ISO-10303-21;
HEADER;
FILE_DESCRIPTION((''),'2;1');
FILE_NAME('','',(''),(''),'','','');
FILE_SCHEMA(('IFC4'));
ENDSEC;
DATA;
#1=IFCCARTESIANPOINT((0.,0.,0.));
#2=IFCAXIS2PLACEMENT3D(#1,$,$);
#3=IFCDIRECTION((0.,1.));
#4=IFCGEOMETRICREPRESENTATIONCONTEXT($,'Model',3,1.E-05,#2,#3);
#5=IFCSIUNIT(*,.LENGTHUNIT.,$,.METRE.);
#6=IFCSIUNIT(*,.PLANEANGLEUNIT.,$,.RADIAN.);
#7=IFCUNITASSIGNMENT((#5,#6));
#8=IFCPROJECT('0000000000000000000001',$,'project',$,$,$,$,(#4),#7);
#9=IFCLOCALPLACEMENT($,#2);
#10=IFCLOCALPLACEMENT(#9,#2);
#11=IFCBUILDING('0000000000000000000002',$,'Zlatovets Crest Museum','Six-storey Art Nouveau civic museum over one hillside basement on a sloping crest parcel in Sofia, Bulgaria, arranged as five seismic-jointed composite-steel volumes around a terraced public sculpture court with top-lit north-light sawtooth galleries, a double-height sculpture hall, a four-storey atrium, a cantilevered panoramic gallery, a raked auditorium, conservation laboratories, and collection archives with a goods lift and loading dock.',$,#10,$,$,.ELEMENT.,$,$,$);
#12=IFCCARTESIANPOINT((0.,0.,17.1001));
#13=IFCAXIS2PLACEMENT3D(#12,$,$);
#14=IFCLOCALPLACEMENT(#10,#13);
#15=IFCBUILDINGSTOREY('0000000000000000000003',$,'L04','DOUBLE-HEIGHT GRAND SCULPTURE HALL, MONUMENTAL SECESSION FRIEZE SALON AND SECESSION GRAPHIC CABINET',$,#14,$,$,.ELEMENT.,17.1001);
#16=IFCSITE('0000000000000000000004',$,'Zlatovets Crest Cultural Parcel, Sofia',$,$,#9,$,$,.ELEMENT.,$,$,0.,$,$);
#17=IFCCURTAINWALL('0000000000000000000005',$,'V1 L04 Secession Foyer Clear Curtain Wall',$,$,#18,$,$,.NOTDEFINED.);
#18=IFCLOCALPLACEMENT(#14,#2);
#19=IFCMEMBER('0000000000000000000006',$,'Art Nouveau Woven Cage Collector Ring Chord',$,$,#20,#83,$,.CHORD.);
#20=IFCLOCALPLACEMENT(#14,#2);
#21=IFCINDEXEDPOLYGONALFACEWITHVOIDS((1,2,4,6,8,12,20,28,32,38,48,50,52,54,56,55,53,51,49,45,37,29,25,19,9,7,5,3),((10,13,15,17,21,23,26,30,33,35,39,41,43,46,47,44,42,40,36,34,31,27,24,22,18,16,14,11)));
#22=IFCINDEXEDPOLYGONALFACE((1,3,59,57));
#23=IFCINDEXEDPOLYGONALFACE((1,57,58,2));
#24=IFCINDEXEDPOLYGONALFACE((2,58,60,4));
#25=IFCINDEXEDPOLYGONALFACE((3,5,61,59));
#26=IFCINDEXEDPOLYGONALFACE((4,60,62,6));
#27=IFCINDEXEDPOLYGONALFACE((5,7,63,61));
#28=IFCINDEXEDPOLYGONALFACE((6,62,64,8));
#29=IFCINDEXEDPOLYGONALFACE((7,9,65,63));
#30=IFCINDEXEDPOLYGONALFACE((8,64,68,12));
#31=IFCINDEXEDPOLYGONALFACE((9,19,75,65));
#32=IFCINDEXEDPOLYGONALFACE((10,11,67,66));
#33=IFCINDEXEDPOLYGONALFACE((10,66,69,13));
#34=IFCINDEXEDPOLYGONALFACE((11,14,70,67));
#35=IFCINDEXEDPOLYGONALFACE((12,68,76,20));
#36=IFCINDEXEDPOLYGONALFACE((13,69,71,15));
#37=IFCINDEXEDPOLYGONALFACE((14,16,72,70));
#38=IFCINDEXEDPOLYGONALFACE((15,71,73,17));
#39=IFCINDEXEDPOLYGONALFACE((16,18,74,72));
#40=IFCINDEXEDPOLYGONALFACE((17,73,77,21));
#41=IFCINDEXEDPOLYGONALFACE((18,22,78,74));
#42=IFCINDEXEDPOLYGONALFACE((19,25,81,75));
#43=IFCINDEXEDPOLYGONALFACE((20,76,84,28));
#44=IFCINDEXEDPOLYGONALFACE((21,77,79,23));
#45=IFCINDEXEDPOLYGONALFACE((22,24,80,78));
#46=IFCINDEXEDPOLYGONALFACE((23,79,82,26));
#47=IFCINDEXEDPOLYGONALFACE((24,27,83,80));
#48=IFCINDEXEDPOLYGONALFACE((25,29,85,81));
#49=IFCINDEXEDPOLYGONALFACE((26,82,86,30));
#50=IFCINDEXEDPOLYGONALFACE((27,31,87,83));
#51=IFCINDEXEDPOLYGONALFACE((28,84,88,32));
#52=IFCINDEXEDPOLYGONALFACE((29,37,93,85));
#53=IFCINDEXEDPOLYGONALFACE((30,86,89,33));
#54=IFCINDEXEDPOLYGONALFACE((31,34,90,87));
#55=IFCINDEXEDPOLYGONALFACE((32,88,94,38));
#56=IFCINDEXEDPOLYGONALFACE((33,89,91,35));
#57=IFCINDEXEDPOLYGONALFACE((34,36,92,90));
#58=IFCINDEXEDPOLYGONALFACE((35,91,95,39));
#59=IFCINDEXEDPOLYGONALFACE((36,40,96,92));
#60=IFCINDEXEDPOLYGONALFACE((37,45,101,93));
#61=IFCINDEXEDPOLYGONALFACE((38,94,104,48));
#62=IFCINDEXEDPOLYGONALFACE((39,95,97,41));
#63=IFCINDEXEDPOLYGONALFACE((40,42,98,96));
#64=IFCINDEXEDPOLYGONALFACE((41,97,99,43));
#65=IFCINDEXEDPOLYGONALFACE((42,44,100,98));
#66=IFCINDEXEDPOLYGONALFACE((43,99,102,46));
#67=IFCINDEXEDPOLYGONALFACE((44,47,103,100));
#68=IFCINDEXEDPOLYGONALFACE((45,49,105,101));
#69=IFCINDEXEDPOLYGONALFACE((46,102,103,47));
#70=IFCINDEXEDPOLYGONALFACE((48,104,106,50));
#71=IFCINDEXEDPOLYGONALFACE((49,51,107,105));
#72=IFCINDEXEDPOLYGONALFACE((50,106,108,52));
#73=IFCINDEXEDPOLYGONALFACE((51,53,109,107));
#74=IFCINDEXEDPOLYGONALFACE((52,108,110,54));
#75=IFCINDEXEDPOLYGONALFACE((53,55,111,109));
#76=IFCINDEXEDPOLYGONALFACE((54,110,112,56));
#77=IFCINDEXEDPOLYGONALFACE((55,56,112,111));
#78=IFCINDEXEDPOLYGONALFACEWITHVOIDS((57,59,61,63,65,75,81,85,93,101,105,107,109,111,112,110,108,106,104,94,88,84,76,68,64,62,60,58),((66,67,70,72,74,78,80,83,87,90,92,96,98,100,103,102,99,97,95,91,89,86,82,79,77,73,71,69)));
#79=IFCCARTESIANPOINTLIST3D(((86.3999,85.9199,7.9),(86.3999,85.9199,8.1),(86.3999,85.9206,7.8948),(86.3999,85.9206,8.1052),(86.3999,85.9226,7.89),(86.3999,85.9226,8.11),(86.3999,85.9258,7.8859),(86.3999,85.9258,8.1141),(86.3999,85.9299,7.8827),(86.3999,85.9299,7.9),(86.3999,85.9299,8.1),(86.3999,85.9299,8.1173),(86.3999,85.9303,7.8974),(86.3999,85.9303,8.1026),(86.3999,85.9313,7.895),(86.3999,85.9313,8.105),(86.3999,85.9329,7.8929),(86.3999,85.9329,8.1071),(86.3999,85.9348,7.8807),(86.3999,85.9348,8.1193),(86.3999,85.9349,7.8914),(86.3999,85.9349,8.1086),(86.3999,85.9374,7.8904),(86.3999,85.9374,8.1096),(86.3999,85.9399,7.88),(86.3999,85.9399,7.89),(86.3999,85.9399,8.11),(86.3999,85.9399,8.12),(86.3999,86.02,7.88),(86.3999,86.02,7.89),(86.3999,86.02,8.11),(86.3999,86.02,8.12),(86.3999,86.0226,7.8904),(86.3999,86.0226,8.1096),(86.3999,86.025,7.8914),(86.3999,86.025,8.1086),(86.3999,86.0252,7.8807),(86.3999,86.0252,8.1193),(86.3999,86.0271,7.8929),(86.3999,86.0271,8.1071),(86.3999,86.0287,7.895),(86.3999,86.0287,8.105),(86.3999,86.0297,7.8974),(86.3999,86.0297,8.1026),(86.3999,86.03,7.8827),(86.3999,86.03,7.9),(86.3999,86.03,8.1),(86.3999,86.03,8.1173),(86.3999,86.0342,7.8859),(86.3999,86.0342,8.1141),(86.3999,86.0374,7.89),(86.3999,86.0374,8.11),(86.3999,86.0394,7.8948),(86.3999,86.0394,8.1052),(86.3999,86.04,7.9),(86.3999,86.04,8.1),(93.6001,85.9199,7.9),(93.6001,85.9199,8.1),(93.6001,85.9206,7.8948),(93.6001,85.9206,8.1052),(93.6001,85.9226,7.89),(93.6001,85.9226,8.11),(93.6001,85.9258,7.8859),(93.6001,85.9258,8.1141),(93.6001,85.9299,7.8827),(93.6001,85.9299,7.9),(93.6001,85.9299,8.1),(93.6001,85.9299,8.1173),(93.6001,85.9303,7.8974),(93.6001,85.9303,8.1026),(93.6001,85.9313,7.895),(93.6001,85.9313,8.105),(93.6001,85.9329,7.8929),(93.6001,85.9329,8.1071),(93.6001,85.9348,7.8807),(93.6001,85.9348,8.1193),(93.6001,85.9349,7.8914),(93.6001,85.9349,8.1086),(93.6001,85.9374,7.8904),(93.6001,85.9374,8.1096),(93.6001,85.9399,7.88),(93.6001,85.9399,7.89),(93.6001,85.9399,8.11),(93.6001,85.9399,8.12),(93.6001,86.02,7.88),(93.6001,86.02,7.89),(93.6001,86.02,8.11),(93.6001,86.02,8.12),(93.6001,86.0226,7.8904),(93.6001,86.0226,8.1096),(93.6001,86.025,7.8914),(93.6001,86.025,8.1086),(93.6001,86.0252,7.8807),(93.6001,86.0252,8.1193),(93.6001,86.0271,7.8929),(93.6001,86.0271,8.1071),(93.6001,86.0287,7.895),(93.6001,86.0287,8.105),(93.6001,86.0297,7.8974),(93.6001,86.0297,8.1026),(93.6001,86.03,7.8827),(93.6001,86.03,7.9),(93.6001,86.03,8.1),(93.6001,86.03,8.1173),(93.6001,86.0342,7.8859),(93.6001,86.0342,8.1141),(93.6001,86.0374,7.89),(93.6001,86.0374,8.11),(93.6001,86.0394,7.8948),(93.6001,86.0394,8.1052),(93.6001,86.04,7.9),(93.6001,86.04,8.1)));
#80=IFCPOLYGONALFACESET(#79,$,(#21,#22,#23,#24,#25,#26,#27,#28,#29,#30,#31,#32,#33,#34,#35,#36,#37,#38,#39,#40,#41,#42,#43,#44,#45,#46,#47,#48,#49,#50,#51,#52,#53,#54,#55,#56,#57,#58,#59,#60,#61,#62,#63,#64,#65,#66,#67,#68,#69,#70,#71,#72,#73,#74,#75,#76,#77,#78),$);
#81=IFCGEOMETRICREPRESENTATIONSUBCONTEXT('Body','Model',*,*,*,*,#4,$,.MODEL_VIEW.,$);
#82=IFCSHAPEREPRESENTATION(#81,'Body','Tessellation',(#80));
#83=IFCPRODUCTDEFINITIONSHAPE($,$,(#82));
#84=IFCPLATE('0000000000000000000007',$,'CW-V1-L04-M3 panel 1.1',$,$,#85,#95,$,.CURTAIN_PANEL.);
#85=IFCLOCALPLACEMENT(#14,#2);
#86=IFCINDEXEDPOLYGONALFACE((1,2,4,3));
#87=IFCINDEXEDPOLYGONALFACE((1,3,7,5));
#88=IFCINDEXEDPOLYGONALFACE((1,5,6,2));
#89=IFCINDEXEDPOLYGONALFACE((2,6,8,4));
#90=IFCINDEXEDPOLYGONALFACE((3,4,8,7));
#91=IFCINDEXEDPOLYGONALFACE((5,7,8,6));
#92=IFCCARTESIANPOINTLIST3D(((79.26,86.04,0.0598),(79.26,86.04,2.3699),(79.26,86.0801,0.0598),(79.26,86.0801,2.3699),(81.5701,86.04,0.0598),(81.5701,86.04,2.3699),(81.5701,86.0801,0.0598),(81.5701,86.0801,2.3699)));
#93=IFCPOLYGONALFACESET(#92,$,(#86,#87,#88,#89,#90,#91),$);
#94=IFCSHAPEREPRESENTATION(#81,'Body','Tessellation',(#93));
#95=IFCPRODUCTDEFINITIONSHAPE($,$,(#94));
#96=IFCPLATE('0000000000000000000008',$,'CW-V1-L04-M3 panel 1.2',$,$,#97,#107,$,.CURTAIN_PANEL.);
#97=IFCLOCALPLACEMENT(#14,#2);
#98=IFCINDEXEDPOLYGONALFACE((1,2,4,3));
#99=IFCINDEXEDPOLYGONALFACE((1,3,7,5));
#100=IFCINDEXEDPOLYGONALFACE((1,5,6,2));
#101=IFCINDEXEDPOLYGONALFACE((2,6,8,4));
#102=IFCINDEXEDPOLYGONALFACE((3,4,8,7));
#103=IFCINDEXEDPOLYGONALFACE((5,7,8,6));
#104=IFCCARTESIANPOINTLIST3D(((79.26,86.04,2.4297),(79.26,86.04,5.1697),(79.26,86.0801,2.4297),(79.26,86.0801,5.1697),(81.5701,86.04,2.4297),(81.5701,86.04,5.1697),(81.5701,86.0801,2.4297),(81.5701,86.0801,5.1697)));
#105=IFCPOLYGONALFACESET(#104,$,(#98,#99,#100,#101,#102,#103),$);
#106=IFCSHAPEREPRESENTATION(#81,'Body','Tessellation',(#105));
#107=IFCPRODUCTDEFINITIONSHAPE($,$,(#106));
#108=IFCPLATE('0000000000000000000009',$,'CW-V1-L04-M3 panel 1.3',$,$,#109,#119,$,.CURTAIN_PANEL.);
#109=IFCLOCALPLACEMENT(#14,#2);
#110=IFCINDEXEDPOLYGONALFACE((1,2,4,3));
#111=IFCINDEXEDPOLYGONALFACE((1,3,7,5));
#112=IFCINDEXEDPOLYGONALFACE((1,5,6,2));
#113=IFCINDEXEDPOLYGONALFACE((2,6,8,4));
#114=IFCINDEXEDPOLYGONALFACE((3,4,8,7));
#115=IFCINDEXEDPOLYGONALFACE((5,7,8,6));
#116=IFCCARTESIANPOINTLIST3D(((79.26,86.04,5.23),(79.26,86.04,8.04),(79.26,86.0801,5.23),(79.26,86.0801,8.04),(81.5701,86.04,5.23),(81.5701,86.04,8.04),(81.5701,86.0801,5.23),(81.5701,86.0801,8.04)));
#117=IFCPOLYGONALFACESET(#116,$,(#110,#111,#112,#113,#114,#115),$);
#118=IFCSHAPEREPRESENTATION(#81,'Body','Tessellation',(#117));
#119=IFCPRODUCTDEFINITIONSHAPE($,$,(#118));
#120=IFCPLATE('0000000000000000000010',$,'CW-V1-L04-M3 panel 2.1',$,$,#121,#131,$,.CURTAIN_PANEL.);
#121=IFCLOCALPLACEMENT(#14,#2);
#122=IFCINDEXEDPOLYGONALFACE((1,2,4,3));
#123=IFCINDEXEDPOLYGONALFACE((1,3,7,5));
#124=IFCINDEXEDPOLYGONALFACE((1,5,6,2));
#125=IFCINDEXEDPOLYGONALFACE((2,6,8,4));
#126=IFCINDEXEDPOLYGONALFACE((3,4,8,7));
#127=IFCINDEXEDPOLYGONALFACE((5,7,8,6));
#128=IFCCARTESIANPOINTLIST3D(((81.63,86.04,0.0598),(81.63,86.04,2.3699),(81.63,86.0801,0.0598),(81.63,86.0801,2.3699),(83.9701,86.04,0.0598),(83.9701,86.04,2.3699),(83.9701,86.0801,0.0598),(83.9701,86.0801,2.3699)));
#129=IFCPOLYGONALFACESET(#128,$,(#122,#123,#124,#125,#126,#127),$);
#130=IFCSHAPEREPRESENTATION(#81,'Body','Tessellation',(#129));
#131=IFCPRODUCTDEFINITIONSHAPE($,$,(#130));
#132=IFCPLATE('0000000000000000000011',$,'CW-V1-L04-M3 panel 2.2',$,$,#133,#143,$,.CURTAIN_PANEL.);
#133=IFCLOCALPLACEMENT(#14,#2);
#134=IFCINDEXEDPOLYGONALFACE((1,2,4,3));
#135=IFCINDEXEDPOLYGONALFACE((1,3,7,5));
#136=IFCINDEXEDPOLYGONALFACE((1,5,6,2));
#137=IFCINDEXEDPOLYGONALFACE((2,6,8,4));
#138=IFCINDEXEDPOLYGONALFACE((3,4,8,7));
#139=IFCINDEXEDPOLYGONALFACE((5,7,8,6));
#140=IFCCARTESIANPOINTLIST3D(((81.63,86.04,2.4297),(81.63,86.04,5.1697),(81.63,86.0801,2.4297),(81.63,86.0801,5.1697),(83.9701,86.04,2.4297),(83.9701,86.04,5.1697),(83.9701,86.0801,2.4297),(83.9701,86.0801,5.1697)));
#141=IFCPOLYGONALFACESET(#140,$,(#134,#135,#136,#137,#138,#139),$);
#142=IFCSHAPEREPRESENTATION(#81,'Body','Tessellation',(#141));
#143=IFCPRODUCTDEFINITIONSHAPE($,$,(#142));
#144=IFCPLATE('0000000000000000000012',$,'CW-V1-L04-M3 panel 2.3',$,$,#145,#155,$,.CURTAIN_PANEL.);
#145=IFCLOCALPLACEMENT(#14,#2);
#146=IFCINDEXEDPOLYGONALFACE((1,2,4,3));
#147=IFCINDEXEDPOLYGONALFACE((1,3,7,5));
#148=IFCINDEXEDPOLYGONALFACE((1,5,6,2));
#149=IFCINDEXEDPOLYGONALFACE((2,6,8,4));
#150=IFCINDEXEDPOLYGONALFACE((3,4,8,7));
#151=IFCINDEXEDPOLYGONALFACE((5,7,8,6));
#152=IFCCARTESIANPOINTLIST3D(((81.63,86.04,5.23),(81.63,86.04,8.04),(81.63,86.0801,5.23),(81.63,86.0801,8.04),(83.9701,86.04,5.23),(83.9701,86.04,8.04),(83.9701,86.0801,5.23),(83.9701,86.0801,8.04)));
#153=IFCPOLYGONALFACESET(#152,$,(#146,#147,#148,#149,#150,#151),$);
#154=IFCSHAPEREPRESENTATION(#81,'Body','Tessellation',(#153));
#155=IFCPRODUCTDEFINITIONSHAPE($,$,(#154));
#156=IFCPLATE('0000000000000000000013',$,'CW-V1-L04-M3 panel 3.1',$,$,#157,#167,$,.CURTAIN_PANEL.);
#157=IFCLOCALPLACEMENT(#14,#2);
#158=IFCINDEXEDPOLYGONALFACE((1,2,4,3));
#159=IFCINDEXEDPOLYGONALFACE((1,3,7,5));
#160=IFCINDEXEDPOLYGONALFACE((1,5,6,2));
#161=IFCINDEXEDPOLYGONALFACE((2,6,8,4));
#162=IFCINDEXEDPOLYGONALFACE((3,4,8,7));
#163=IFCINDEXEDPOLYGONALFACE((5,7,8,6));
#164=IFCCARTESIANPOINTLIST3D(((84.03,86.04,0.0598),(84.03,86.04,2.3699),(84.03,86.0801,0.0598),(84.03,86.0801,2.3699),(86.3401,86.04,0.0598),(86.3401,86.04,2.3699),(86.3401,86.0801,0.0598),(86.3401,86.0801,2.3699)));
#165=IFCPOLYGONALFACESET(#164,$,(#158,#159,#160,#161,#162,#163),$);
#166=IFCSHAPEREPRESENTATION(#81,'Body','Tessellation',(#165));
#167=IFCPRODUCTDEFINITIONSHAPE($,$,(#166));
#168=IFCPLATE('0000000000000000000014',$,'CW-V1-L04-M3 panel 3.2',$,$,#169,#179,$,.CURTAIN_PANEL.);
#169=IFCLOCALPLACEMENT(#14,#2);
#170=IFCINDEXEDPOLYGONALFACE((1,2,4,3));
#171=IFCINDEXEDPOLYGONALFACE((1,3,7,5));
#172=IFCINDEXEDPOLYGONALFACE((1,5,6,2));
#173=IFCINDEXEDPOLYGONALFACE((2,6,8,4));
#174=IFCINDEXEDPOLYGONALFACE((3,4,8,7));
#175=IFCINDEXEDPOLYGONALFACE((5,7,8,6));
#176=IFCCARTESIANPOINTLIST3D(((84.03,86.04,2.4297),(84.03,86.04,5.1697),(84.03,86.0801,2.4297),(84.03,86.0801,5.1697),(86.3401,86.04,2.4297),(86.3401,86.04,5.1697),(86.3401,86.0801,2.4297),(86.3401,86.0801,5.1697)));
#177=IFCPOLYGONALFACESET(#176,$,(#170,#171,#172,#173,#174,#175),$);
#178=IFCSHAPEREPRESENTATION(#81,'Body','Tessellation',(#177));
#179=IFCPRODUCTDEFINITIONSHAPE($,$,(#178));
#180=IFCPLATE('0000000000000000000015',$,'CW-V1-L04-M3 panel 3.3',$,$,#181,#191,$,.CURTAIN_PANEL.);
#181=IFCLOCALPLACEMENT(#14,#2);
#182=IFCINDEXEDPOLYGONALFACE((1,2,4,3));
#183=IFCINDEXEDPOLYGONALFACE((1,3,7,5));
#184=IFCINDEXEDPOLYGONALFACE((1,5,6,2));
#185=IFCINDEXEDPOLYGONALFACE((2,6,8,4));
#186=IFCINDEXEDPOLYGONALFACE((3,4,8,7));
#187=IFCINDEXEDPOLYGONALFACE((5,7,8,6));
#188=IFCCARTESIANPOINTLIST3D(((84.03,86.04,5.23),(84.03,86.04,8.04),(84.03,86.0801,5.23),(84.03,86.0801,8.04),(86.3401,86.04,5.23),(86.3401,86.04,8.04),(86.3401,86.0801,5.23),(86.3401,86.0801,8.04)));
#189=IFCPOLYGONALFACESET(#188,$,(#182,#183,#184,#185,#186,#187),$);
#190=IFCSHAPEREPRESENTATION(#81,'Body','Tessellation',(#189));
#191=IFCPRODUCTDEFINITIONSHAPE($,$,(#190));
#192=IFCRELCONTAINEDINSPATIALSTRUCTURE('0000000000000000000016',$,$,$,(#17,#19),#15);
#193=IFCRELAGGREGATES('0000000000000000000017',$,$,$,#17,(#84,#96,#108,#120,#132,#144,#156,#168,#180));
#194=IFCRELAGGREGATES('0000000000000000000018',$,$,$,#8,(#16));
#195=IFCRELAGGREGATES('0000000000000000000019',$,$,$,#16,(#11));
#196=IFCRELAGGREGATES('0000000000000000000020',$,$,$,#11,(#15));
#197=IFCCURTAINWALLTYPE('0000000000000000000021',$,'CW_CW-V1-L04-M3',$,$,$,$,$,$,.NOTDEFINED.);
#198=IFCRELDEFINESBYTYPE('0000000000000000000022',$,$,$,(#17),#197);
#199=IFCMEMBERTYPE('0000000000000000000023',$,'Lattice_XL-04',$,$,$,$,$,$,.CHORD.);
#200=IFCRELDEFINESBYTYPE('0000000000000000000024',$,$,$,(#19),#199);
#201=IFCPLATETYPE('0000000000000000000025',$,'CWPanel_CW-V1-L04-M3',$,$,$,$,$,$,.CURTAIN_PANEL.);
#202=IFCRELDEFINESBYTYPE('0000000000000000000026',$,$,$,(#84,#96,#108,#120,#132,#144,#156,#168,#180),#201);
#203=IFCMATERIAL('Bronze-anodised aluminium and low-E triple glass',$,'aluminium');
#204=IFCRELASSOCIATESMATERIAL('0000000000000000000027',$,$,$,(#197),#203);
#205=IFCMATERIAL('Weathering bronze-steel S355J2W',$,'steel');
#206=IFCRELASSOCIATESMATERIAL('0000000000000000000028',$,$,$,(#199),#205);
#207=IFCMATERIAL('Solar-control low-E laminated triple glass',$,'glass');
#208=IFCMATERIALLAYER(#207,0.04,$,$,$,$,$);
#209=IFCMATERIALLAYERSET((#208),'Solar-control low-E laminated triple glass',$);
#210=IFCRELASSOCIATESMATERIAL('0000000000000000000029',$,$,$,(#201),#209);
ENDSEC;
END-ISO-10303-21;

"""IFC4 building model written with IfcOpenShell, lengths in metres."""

from ifc_helpers import new_model, si_unit, direction, frame, origin, origin_2d, place, context, subcontext, project, spatial, rectangle, hollow_rectangle, extrude, material, layer, layer_set, material_profile, profile_set, type_object, element, aggregate, save


model = new_model("IFC4")

# Units and contexts
model_context = context("Model", 3, precision=1e-05, world=origin(), true_north=direction((0.0, 1.0)))
body_context = subcontext(model_context, "Body", "Model", "MODEL_VIEW")
ifc_project = project(units=[si_unit("LENGTHUNIT", "METRE"), si_unit("PLANEANGLEUNIT", "RADIAN")], contexts=[model_context])

# Site, building, storey
site_placement = place(None, origin())
site = spatial("IfcSite", under=ifc_project, at=site_placement, Name="Zlatovets Crest Cultural Parcel, Sofia", CompositionType="ELEMENT", RefElevation=0.0)
building_placement = place(site_placement, origin())
building = spatial("IfcBuilding", under=site, at=building_placement, Name="Zlatovets Crest Museum", Description="Six-storey Art Nouveau civic museum over one hillside basement on a sloping crest parcel in Sofia, Bulgaria, arranged as five seismic-jointed composite-steel volumes around a terraced public sculpture court with top-lit north-light sawtooth galleries, a double-height sculpture hall, a four-storey atrium, a cantilevered panoramic gallery, a raked auditorium, conservation laboratories, and collection archives with a goods lift and loading dock.", CompositionType="ELEMENT")
storey_placement = place(building_placement, frame((0.0, 0.0, 17.1001)))
storey = spatial("IfcBuildingStorey", under=building, at=storey_placement, Name="L04", Description="DOUBLE-HEIGHT GRAND SCULPTURE HALL, MONUMENTAL SECESSION FRIEZE SALON AND SECESSION GRAPHIC CABINET", CompositionType="ELEMENT", Elevation=17.1001)

# Curtain wall
ifc_material_1 = material(Name="Bronze-anodised aluminium and low-E triple glass", Category="aluminium")
curtain_wall_type_1 = type_object("IfcCurtainWallType", Name="CW_CW-V1-L04-M3", PredefinedType="NOTDEFINED", material=ifc_material_1)
curtain_wall_1_placement = place(storey_placement, origin())
curtain_wall_1 = element("IfcCurtainWall", 1, at=curtain_wall_1_placement, inside=storey, type_object=curtain_wall_type_1, Name="V1 L04 Secession Foyer Clear Curtain Wall", PredefinedType="NOTDEFINED")

# Member
ifc_material_2 = material(Name="Weathering bronze-steel S355J2W", Category="steel")
ifc_material_profile_1 = material_profile(ifc_material_2, hollow_rectangle(XDim=0.1201, YDim=0.24, WallThickness=0.01, InnerFilletRadius=0.01, OuterFilletRadius=0.02, at=origin_2d()), Name="RHS 120x240x10.0")
ifc_profile_set_1 = profile_set([ifc_material_profile_1], Name="Weathering bronze-steel S355J2W")
member_type_1 = type_object("IfcMemberType", Name="Lattice_XL-04", PredefinedType="CHORD", material=ifc_profile_set_1)
member_1_placement = place(storey_placement, frame((86.3999, 85.98, 8.0), z_axis=(1.0, 0.0, 0.0), x_axis=(0.0, 1.0, 0.0)))
element("IfcMember", 2, at=member_1_placement, inside=storey, type_object=member_type_1, Name="Art Nouveau Woven Cage Collector Ring Chord", PredefinedType="CHORD", context=body_context, shape_type="SweptSolid", body=[
    extrude(hollow_rectangle(XDim=0.1201, YDim=0.24, WallThickness=0.01, InnerFilletRadius=0.01, OuterFilletRadius=0.02, at=origin_2d()), origin(), (0.0, 0.0, 1.0), 7.2002),
])

# Plates
ifc_material_3 = material(Name="Solar-control low-E laminated triple glass", Category="glass")
ifc_layer_1 = layer(ifc_material_3, 0.04)
ifc_layer_set_1 = layer_set([ifc_layer_1], Name="Solar-control low-E laminated triple glass")
plate_type_1 = type_object("IfcPlateType", Name="CWPanel_CW-V1-L04-M3", PredefinedType="CURTAIN_PANEL", material=ifc_layer_set_1)
plate_1_placement = place(storey_placement, frame((80.415, 86.0601, 0.0598), z_axis=(0.0, 0.0, 1.0), x_axis=(1.0, 0.0, 0.0)))
plate_1 = element("IfcPlate", 3, at=plate_1_placement, type_object=plate_type_1, Name="CW-V1-L04-M3 panel 1.1", PredefinedType="CURTAIN_PANEL", context=body_context, shape_type="SweptSolid", body=[
    extrude(rectangle(XDim=2.3101, YDim=0.04, at=origin_2d()), origin(), (0.0, 0.0, 1.0), 2.3101),
])
plate_2_placement = place(storey_placement, frame((80.415, 86.0601, 2.4297), z_axis=(0.0, 0.0, 1.0), x_axis=(1.0, 0.0, 0.0)))
plate_2 = element("IfcPlate", 4, at=plate_2_placement, type_object=plate_type_1, Name="CW-V1-L04-M3 panel 1.2", PredefinedType="CURTAIN_PANEL", context=body_context, shape_type="SweptSolid", body=[
    extrude(rectangle(XDim=2.3101, YDim=0.04, at=origin_2d()), origin(), (0.0, 0.0, 1.0), 2.74),
])
plate_3_placement = place(storey_placement, frame((80.415, 86.0601, 5.23), z_axis=(0.0, 0.0, 1.0), x_axis=(1.0, 0.0, 0.0)))
plate_3 = element("IfcPlate", 5, at=plate_3_placement, type_object=plate_type_1, Name="CW-V1-L04-M3 panel 1.3", PredefinedType="CURTAIN_PANEL", context=body_context, shape_type="SweptSolid", body=[
    extrude(rectangle(XDim=2.3101, YDim=0.04, at=origin_2d()), origin(), (0.0, 0.0, 1.0), 2.8101),
])
plate_4_placement = place(storey_placement, frame((82.8, 86.0601, 0.0598), z_axis=(0.0, 0.0, 1.0), x_axis=(1.0, 0.0, 0.0)))
plate_4 = element("IfcPlate", 6, at=plate_4_placement, type_object=plate_type_1, Name="CW-V1-L04-M3 panel 2.1", PredefinedType="CURTAIN_PANEL", context=body_context, shape_type="SweptSolid", body=[
    extrude(rectangle(XDim=2.3401, YDim=0.04, at=origin_2d()), origin(), (0.0, 0.0, 1.0), 2.3101),
])
plate_5_placement = place(storey_placement, frame((82.8, 86.0601, 2.4297), z_axis=(0.0, 0.0, 1.0), x_axis=(1.0, 0.0, 0.0)))
plate_5 = element("IfcPlate", 7, at=plate_5_placement, type_object=plate_type_1, Name="CW-V1-L04-M3 panel 2.2", PredefinedType="CURTAIN_PANEL", context=body_context, shape_type="SweptSolid", body=[
    extrude(rectangle(XDim=2.3401, YDim=0.04, at=origin_2d()), origin(), (0.0, 0.0, 1.0), 2.74),
])
plate_6_placement = place(storey_placement, frame((82.8, 86.0601, 5.23), z_axis=(0.0, 0.0, 1.0), x_axis=(1.0, 0.0, 0.0)))
plate_6 = element("IfcPlate", 8, at=plate_6_placement, type_object=plate_type_1, Name="CW-V1-L04-M3 panel 2.3", PredefinedType="CURTAIN_PANEL", context=body_context, shape_type="SweptSolid", body=[
    extrude(rectangle(XDim=2.3401, YDim=0.04, at=origin_2d()), origin(), (0.0, 0.0, 1.0), 2.8101),
])
plate_7_placement = place(storey_placement, frame((85.1851, 86.0601, 0.0598), z_axis=(0.0, 0.0, 1.0), x_axis=(1.0, 0.0, 0.0)))
plate_7 = element("IfcPlate", 9, at=plate_7_placement, type_object=plate_type_1, Name="CW-V1-L04-M3 panel 3.1", PredefinedType="CURTAIN_PANEL", context=body_context, shape_type="SweptSolid", body=[
    extrude(rectangle(XDim=2.3101, YDim=0.04, at=origin_2d()), origin(), (0.0, 0.0, 1.0), 2.3101),
])
plate_8_placement = place(storey_placement, frame((85.1851, 86.0601, 2.4297), z_axis=(0.0, 0.0, 1.0), x_axis=(1.0, 0.0, 0.0)))
plate_8 = element("IfcPlate", 10, at=plate_8_placement, type_object=plate_type_1, Name="CW-V1-L04-M3 panel 3.2", PredefinedType="CURTAIN_PANEL", context=body_context, shape_type="SweptSolid", body=[
    extrude(rectangle(XDim=2.3101, YDim=0.04, at=origin_2d()), origin(), (0.0, 0.0, 1.0), 2.74),
])
plate_9_placement = place(storey_placement, frame((85.1851, 86.0601, 5.23), z_axis=(0.0, 0.0, 1.0), x_axis=(1.0, 0.0, 0.0)))
plate_9 = element("IfcPlate", 11, at=plate_9_placement, type_object=plate_type_1, Name="CW-V1-L04-M3 panel 3.3", PredefinedType="CURTAIN_PANEL", context=body_context, shape_type="SweptSolid", body=[
    extrude(rectangle(XDim=2.3101, YDim=0.04, at=origin_2d()), origin(), (0.0, 0.0, 1.0), 2.8101),
])
aggregate(curtain_wall_1, [plate_1, plate_2, plate_3, plate_4, plate_5, plate_6, plate_7, plate_8, plate_9])

save(model, "model.ifc")
